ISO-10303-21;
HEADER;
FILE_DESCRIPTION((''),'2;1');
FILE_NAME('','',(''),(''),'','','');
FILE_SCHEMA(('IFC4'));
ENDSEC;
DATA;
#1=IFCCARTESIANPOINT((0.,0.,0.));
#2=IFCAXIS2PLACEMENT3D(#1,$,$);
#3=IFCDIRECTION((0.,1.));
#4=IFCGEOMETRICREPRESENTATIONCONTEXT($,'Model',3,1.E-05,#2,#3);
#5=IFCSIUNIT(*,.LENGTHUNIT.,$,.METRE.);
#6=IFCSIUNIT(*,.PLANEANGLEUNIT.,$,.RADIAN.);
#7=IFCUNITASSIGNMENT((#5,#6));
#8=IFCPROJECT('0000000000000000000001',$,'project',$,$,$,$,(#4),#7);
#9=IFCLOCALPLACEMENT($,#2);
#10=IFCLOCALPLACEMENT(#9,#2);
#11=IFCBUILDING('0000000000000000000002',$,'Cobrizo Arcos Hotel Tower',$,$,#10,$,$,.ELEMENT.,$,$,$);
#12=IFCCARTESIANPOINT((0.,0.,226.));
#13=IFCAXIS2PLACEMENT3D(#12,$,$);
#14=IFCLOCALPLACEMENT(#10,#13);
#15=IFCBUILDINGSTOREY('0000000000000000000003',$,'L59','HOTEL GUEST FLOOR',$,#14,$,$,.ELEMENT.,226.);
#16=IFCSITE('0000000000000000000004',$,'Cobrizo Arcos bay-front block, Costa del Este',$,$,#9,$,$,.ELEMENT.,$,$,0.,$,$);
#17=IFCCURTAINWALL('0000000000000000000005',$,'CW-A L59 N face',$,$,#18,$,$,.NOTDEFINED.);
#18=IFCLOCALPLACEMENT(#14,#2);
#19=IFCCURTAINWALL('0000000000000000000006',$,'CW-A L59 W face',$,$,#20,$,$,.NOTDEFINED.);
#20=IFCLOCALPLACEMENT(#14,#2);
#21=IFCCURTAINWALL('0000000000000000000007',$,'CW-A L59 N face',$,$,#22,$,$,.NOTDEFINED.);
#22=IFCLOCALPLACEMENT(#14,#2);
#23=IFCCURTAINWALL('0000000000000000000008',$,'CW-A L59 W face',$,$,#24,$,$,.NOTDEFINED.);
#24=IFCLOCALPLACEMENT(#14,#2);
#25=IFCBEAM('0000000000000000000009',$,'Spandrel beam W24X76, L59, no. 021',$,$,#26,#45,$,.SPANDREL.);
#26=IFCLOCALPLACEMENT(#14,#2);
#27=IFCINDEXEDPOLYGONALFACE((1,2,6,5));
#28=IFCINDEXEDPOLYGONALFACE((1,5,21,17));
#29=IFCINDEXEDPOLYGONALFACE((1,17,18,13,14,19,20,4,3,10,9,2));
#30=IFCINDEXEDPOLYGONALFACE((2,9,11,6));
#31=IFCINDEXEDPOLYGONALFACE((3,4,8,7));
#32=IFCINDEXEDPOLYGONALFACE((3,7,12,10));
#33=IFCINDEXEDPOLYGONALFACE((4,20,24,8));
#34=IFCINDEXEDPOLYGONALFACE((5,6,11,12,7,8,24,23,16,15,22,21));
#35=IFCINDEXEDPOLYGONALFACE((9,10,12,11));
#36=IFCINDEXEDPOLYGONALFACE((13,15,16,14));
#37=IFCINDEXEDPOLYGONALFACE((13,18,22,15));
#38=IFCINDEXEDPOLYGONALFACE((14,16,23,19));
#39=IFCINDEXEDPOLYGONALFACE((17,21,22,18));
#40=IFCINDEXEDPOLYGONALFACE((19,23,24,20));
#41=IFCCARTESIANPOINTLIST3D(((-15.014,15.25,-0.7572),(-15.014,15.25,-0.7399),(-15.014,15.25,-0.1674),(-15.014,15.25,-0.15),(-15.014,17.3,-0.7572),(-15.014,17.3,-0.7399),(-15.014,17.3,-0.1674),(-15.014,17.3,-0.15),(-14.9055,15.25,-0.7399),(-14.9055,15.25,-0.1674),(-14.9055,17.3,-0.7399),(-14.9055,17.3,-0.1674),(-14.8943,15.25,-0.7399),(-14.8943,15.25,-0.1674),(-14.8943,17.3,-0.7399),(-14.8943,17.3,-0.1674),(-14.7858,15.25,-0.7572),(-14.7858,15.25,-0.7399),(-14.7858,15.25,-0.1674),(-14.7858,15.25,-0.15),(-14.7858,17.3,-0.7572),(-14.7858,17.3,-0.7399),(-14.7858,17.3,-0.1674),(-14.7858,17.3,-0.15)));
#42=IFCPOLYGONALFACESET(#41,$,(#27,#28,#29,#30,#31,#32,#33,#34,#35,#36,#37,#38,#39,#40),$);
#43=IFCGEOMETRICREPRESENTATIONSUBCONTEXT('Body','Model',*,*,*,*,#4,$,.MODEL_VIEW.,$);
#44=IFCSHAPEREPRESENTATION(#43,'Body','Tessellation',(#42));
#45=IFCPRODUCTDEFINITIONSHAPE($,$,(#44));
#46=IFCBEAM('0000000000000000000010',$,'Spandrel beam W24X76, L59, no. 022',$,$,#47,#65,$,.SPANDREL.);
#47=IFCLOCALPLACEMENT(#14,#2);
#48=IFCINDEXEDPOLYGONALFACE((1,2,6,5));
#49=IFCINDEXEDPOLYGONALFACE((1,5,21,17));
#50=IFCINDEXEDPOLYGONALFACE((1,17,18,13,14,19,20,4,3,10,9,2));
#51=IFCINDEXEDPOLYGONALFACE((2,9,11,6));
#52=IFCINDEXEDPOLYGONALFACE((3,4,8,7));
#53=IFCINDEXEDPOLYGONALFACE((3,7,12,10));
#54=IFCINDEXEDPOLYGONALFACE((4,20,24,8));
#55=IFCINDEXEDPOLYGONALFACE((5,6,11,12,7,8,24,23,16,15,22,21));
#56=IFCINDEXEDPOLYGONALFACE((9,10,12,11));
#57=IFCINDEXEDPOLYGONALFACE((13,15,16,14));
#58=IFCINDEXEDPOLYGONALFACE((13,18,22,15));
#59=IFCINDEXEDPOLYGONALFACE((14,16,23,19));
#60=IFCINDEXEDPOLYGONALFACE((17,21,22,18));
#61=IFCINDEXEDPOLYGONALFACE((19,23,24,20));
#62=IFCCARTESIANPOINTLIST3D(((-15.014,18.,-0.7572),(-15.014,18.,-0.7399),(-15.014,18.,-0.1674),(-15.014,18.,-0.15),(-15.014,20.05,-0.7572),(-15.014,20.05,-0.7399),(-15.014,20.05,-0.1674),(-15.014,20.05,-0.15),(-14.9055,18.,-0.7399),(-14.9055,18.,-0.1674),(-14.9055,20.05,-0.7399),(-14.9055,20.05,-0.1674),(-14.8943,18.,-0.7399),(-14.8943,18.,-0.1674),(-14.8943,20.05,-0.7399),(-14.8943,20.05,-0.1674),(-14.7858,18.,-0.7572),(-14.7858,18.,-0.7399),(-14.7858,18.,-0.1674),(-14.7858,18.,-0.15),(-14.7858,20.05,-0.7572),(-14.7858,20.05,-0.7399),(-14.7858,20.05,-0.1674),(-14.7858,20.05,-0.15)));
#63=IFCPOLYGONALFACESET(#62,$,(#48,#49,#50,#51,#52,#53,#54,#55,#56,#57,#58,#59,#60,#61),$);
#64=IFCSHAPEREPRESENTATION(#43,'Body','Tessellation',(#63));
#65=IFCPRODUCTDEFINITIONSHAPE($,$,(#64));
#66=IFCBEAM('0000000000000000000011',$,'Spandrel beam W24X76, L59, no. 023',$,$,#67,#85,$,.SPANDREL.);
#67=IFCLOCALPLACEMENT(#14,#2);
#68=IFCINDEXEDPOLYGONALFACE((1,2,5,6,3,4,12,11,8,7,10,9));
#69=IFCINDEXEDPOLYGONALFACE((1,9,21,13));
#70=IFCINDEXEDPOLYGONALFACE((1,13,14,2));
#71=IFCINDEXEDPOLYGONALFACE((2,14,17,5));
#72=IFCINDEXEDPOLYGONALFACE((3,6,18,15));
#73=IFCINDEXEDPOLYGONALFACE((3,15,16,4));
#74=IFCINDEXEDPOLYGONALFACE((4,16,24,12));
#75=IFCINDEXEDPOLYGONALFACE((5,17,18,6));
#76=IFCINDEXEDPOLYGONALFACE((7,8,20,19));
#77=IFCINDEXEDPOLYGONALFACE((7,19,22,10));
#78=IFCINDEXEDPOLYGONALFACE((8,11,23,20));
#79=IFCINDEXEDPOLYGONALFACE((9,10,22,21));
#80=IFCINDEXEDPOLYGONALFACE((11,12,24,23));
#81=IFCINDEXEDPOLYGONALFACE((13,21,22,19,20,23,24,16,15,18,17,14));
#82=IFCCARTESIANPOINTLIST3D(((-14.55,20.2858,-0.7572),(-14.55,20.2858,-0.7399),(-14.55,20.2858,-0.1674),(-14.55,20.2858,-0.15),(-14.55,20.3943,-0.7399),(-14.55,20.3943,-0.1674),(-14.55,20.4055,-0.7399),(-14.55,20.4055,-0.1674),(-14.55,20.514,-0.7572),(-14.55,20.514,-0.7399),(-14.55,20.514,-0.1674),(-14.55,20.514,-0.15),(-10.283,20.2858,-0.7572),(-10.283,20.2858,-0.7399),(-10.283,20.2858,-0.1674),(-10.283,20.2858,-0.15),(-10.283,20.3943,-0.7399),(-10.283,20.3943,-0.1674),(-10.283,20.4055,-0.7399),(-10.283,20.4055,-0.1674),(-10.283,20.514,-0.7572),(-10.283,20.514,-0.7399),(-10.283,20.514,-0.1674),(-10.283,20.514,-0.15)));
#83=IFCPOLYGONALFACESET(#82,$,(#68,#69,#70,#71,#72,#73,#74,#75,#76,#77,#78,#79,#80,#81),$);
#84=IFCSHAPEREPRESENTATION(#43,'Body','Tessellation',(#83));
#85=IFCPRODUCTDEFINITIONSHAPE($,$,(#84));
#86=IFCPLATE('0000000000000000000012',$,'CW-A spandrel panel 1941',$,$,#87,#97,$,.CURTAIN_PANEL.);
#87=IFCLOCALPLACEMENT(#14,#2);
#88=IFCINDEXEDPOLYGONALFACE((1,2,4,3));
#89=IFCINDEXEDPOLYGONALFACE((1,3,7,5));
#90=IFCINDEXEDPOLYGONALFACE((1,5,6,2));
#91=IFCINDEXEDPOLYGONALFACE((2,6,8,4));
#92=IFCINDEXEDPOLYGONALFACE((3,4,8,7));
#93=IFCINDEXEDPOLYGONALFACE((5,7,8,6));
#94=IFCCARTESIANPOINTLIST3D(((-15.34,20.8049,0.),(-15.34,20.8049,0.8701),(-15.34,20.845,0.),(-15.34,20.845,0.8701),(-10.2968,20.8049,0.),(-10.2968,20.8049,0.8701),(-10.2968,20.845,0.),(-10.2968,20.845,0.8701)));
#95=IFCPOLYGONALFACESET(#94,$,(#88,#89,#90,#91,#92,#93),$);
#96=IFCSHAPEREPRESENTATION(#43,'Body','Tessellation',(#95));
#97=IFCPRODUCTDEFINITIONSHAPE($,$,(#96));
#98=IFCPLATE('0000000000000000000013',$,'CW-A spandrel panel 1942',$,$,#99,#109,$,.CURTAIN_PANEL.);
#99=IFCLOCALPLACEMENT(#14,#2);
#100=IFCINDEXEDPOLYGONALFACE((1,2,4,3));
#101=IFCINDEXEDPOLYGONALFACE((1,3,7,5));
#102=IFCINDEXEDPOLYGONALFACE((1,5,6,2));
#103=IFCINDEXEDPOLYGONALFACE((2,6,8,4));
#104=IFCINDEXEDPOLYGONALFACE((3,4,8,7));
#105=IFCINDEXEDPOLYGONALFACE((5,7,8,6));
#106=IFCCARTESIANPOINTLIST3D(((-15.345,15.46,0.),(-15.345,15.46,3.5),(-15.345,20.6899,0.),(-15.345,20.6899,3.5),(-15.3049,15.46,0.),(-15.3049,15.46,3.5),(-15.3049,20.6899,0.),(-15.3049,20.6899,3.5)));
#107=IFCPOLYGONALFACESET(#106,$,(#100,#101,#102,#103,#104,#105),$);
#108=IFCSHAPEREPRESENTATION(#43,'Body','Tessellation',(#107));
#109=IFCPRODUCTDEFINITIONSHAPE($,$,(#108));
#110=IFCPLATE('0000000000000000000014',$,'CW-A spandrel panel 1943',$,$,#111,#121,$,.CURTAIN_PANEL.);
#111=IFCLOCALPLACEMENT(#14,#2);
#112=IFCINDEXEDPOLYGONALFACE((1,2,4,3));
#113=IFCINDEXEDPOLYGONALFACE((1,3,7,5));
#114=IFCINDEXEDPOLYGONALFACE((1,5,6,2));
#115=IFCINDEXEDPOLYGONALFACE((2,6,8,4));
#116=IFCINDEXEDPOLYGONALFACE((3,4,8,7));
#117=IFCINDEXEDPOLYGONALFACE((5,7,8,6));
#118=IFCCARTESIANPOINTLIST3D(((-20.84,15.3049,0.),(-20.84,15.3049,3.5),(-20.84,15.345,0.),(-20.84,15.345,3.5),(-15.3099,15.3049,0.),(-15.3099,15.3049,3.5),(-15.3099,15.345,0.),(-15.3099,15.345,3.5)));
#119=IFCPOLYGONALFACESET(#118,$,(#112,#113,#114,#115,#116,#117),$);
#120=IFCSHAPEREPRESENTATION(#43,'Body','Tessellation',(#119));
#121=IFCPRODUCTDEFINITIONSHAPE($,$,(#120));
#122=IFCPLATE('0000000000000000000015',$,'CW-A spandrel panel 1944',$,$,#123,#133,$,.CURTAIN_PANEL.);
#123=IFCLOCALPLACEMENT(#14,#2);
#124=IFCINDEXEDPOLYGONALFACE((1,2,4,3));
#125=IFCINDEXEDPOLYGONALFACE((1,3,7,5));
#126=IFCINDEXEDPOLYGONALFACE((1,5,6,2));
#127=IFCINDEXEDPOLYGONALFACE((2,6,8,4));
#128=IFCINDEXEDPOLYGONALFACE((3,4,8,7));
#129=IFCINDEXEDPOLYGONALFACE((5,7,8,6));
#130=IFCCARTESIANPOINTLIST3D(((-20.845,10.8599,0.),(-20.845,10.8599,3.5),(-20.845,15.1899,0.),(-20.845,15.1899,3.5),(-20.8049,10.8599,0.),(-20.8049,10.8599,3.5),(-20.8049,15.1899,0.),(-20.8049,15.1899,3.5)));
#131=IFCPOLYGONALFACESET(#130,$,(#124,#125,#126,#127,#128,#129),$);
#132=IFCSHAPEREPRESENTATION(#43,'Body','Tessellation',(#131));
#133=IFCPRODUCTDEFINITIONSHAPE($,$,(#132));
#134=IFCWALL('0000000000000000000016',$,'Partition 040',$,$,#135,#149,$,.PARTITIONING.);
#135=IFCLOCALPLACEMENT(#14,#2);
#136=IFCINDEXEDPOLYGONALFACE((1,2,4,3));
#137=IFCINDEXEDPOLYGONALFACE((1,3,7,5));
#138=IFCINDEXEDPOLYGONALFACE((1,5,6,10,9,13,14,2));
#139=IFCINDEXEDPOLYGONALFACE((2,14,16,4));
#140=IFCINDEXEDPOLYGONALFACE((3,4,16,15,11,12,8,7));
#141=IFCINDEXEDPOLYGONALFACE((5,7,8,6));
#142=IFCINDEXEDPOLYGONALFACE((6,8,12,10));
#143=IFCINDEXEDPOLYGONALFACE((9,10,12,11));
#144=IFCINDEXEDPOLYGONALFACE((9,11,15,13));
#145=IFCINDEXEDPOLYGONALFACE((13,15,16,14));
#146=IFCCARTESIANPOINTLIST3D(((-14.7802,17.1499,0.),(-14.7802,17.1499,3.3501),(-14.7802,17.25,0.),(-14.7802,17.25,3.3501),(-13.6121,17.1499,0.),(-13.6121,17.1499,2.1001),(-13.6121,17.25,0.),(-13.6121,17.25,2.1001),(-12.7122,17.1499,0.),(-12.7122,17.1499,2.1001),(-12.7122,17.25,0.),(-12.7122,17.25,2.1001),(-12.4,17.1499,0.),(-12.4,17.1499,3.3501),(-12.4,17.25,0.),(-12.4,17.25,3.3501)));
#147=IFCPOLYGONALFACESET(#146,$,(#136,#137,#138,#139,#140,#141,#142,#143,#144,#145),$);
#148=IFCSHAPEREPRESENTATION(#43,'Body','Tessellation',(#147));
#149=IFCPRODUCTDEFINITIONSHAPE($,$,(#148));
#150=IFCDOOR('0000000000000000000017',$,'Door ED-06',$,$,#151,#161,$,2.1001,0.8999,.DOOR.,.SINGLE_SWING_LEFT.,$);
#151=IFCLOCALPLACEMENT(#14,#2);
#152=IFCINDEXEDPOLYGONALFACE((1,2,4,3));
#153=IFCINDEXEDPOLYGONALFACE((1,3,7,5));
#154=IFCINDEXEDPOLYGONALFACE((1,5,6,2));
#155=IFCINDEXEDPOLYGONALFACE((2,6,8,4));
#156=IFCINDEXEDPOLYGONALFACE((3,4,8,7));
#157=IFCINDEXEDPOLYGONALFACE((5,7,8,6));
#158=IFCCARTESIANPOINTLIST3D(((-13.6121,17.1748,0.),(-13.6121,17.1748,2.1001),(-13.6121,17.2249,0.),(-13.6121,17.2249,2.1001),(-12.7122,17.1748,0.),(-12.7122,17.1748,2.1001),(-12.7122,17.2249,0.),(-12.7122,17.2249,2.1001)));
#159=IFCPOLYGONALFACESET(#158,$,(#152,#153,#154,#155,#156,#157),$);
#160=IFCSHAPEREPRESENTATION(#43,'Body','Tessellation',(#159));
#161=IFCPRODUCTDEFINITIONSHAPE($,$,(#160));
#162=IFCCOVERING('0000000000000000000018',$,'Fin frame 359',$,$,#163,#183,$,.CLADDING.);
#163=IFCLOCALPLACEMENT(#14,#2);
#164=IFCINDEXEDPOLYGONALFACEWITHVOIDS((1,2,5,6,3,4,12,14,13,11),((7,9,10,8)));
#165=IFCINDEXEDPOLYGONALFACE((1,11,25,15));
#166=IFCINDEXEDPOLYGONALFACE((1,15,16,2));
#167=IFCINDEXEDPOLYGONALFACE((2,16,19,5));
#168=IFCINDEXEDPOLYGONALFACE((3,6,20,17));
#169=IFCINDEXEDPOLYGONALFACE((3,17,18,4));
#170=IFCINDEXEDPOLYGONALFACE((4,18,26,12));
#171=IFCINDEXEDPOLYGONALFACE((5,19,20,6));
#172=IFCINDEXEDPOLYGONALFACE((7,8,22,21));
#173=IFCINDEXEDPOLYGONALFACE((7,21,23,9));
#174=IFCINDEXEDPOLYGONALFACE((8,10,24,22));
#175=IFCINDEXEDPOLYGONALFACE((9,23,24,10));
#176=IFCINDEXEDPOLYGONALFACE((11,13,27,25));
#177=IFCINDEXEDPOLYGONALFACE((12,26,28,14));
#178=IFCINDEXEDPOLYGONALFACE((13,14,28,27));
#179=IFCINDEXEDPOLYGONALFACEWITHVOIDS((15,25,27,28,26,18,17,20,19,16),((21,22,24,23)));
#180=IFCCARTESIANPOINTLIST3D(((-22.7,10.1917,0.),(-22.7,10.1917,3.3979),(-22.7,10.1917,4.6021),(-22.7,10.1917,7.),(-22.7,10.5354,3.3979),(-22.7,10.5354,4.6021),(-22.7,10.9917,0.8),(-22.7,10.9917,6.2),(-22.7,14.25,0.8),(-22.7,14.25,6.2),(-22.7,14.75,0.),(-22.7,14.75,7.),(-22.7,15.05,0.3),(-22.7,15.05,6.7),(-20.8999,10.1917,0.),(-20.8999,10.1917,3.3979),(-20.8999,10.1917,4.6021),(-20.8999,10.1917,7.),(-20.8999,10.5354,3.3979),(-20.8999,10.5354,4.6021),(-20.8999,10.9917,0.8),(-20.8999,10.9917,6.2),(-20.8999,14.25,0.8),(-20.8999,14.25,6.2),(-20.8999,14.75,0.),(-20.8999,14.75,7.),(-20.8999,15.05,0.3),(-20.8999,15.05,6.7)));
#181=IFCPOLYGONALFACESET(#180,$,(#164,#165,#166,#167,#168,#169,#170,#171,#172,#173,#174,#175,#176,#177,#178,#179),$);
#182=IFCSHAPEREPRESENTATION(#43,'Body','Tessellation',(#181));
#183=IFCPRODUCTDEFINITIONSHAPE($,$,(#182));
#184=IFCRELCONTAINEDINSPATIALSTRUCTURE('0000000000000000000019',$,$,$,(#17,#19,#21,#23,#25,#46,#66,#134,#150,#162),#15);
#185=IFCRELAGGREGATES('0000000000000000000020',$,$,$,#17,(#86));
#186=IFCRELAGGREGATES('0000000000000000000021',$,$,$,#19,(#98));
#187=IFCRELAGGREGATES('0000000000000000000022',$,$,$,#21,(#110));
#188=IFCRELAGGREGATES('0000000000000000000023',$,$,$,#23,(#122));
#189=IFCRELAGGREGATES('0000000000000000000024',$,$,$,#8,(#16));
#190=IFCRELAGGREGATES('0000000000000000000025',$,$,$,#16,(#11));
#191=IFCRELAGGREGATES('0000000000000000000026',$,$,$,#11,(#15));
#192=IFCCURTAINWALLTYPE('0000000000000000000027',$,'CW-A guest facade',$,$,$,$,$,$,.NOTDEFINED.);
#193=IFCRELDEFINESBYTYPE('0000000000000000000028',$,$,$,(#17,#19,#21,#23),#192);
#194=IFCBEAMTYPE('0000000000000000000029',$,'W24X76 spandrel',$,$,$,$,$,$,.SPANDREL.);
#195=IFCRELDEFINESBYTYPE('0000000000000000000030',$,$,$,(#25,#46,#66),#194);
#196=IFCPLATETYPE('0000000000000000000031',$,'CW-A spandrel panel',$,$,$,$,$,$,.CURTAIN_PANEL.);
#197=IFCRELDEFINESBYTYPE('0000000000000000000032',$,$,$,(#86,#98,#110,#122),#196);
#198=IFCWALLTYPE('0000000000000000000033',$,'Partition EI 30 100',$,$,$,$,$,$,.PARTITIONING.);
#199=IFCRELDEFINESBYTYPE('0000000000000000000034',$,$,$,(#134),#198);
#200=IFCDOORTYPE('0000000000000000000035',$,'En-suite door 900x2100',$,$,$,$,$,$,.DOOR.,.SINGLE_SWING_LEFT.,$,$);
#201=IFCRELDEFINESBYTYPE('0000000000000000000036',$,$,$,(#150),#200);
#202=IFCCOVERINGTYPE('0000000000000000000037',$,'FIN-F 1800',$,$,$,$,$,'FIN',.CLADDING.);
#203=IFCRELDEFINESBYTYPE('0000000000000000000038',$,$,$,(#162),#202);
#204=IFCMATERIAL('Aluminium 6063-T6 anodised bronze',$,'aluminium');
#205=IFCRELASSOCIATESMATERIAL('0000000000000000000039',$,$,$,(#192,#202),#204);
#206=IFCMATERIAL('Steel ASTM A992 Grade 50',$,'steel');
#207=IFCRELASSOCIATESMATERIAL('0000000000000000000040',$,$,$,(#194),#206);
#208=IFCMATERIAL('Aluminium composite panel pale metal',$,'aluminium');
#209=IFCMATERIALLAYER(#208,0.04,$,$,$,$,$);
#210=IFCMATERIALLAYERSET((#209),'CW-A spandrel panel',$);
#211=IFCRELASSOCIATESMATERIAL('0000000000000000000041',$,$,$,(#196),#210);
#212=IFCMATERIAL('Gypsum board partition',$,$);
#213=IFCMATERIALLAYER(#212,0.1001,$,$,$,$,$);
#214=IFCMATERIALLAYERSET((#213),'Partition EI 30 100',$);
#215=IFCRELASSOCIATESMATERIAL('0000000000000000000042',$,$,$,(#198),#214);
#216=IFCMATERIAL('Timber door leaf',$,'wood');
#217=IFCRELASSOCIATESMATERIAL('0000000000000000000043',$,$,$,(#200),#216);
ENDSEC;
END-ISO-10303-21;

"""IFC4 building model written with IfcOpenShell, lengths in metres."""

from ifc_helpers import new_model, si_unit, direction, frame, frame_2d, origin, origin_2d, place, context, subcontext, project, spatial, polyline, rectangle, i_section, outline, extrude, material, layer, layer_set, material_profile, profile_set, type_object, element, fill, aggregate, save


model = new_model("IFC4")

# Units and contexts
model_context = context("Model", 3, precision=1e-05, world=origin(), true_north=direction((0.0, 1.0)))
body_context = subcontext(model_context, "Body", "Model", "MODEL_VIEW")
ifc_project = project(units=[si_unit("LENGTHUNIT", "METRE"), si_unit("PLANEANGLEUNIT", "RADIAN")], contexts=[model_context])

# Site, building, storey
site_placement = place(None, origin())
site = spatial("IfcSite", under=ifc_project, at=site_placement, Name="Cobrizo Arcos bay-front block, Costa del Este", CompositionType="ELEMENT", RefElevation=0.0)
building_placement = place(site_placement, origin())
building = spatial("IfcBuilding", under=site, at=building_placement, Name="Cobrizo Arcos Hotel Tower", CompositionType="ELEMENT")
storey_placement = place(building_placement, frame((0.0, 0.0, 226.0)))
storey = spatial("IfcBuildingStorey", under=building, at=storey_placement, Name="L59", Description="HOTEL GUEST FLOOR", CompositionType="ELEMENT", Elevation=226.0)

# Curtain wall
ifc_material_1 = material(Name="Aluminium 6063-T6 anodised bronze", Category="aluminium")
curtain_wall_type = type_object("IfcCurtainWallType", Name="CW-A guest facade", PredefinedType="NOTDEFINED", material=ifc_material_1)
curtain_wall_1_placement = place(storey_placement, origin())
curtain_wall_1 = element("IfcCurtainWall", 1, at=curtain_wall_1_placement, inside=storey, type_object=curtain_wall_type, Name="CW-A L59 N face", PredefinedType="NOTDEFINED")

# Curtain walls
curtain_wall_2_placement = place(storey_placement, origin())
curtain_wall_2 = element("IfcCurtainWall", 2, at=curtain_wall_2_placement, inside=storey, type_object=curtain_wall_type, Name="CW-A L59 W face", PredefinedType="NOTDEFINED")
curtain_wall_3_placement = place(storey_placement, origin())
curtain_wall_3 = element("IfcCurtainWall", 3, at=curtain_wall_3_placement, inside=storey, type_object=curtain_wall_type, Name="CW-A L59 N face", PredefinedType="NOTDEFINED")

# Curtain wall
curtain_wall_4_placement = place(storey_placement, origin())
curtain_wall_4 = element("IfcCurtainWall", 4, at=curtain_wall_4_placement, inside=storey, type_object=curtain_wall_type, Name="CW-A L59 W face", PredefinedType="NOTDEFINED")

# Beams
ifc_material_2 = material(Name="Steel ASTM A992 Grade 50", Category="steel")
ifc_material_profile_1 = material_profile(ifc_material_2, i_section(OverallWidth=0.2283, OverallDepth=0.6072, WebThickness=0.0112, FlangeThickness=0.0173, at=origin_2d()), Name="W24X76")
ifc_profile_set_1 = profile_set([ifc_material_profile_1], Name="Steel ASTM A992 Grade 50")
beam_type = type_object("IfcBeamType", Name="W24X76 spandrel", PredefinedType="SPANDREL", material=ifc_profile_set_1)
for number, where, z_axis, x_axis, name in (
    (5, (-14.8999, 15.25, -0.4536), (0.0, 1.0, 0.0), (-1.0, 0.0, 0.0), "Spandrel beam W24X76, L59, no. 021"),
    (6, (-14.8999, 18.0, -0.4536), (0.0, 1.0, 0.0), (-1.0, 0.0, 0.0), "Spandrel beam W24X76, L59, no. 022"),
):
    element("IfcBeam", number, at=place(storey_placement, frame(where, z_axis=z_axis, x_axis=x_axis)), inside=storey, type_object=beam_type, Name=name, PredefinedType="SPANDREL", context=body_context, shape_type="SweptSolid", body=[
        extrude(i_section(OverallWidth=0.2283, OverallDepth=0.6072, WebThickness=0.0112, FlangeThickness=0.0173, at=origin_2d()), origin(), (0.0, 0.0, 1.0), 2.05),
    ])
beam_placement = place(storey_placement, frame((-14.55, 20.3999, -0.4536), z_axis=(1.0, 0.0, 0.0), x_axis=(0.0, 1.0, 0.0)))
element("IfcBeam", 7, at=beam_placement, inside=storey, type_object=beam_type, Name="Spandrel beam W24X76, L59, no. 023", PredefinedType="SPANDREL", context=body_context, shape_type="SweptSolid", body=[
    extrude(i_section(OverallWidth=0.2283, OverallDepth=0.6072, WebThickness=0.0112, FlangeThickness=0.0173, at=origin_2d()), origin(), (0.0, 0.0, 1.0), 4.2671),
])

# Plates
ifc_material_3 = material(Name="Aluminium composite panel pale metal", Category="aluminium")
ifc_layer_1 = layer(ifc_material_3, 0.04)
ifc_layer_set_1 = layer_set([ifc_layer_1], Name="CW-A spandrel panel")
plate_type = type_object("IfcPlateType", Name="CW-A spandrel panel", PredefinedType="CURTAIN_PANEL", material=ifc_layer_set_1)
plate_1_placement = place(storey_placement, frame((-12.8184, 20.825, 0.0), z_axis=(0.0, 0.0, 1.0), x_axis=(-1.0, 0.0, 0.0)))
plate_1 = element("IfcPlate", 8, at=plate_1_placement, type_object=plate_type, Name="CW-A spandrel panel 1941", PredefinedType="CURTAIN_PANEL", context=body_context, shape_type="SweptSolid", body=[
    extrude(rectangle(XDim=5.0432, YDim=0.04, at=origin_2d()), origin(), (0.0, 0.0, 1.0), 0.8701),
])
aggregate(curtain_wall_1, [plate_1])
plate_2_placement = place(storey_placement, frame((-15.325, 18.075, 0.0), z_axis=(0.0, 0.0, 1.0), x_axis=(0.0, -1.0, 0.0)))
plate_2 = element("IfcPlate", 9, at=plate_2_placement, type_object=plate_type, Name="CW-A spandrel panel 1942", PredefinedType="CURTAIN_PANEL", context=body_context, shape_type="SweptSolid", body=[
    extrude(rectangle(XDim=5.23, YDim=0.04, at=origin_2d()), origin(), (0.0, 0.0, 1.0), 3.5),
])
aggregate(curtain_wall_2, [plate_2])
plate_3_placement = place(storey_placement, frame((-18.075, 15.325, 0.0), z_axis=(0.0, 0.0, 1.0), x_axis=(-1.0, 0.0, 0.0)))
plate_3 = element("IfcPlate", 10, at=plate_3_placement, type_object=plate_type, Name="CW-A spandrel panel 1943", PredefinedType="CURTAIN_PANEL", context=body_context, shape_type="SweptSolid", body=[
    extrude(rectangle(XDim=5.53, YDim=0.04, at=origin_2d()), origin(), (0.0, 0.0, 1.0), 3.5),
])
aggregate(curtain_wall_3, [plate_3])
plate_4_placement = place(storey_placement, frame((-20.825, 13.0249, 0.0), z_axis=(0.0, 0.0, 1.0), x_axis=(0.0, -1.0, 0.0)))
plate_4 = element("IfcPlate", 11, at=plate_4_placement, type_object=plate_type, Name="CW-A spandrel panel 1944", PredefinedType="CURTAIN_PANEL", context=body_context, shape_type="SweptSolid", body=[
    extrude(rectangle(XDim=4.3301, YDim=0.04, at=origin_2d()), origin(), (0.0, 0.0, 1.0), 3.5),
])
aggregate(curtain_wall_4, [plate_4])

# Wall, opening, door
ifc_material_4 = material(Name="Gypsum board partition")
ifc_layer_2 = layer(ifc_material_4, 0.1001)
ifc_layer_set_2 = layer_set([ifc_layer_2], Name="Partition EI 30 100")
wall_type = type_object("IfcWallType", Name="Partition EI 30 100", PredefinedType="PARTITIONING", material=ifc_layer_set_2)
wall_placement = place(storey_placement, frame((-14.78, 17.2, 0.0), z_axis=(0.0, 0.0, 1.0), x_axis=(1.0, 0.0, 0.0)))
wall = element("IfcWall", 12, at=wall_placement, inside=storey, type_object=wall_type, Name="Partition 040", PredefinedType="PARTITIONING", context=body_context, shape_type="SweptSolid", body=[
    extrude(rectangle(XDim=2.3801, YDim=0.1001, at=frame_2d((1.1899, 0.0))), origin(), (0.0, 0.0, 1.0), 3.3501),
])
opening_placement = place(wall_placement, frame((1.168, 0.0, 0.0)))
opening = element("IfcOpeningElement", 13, at=opening_placement, cuts=wall, PredefinedType="OPENING", context=body_context, shape_type="SweptSolid", body=[
    extrude(rectangle(XDim=0.8999, YDim=2.1001, at=frame_2d((0.45, 1.05))), frame((0.0, 0.062, 0.0), z_axis=(0.0, -1.0, 0.0), x_axis=(1.0, 0.0, 0.0)), (0.0, 0.0, 1.0), 0.124),
])
ifc_material_5 = material(Name="Timber door leaf", Category="wood")
door_type = type_object("IfcDoorType", Name="En-suite door 900x2100", OperationType="SINGLE_SWING_LEFT", PredefinedType="DOOR", material=ifc_material_5)
door_placement = place(opening_placement, origin())
door = element("IfcDoor", 14, at=door_placement, inside=storey, type_object=door_type, Name="Door ED-06", OperationType="SINGLE_SWING_LEFT", OverallHeight=2.1001, OverallWidth=0.8999, PredefinedType="DOOR", context=body_context, shape_type="SweptSolid", body=[
    extrude(rectangle(XDim=0.8999, YDim=2.1001, at=frame_2d((0.45, 1.05))), frame((0.0, 0.0249, 0.0), z_axis=(0.0, -1.0, 0.0), x_axis=(1.0, 0.0, 0.0)), (0.0, 0.0, 1.0), 0.05),
])
fill(opening, door)

# Covering
covering_type = type_object("IfcCoveringType", Name="FIN-F 1800", ElementType="FIN", PredefinedType="CLADDING", material=ifc_material_1)
covering_placement = place(storey_placement, frame((-20.8999, 15.05, 0.0), z_axis=(-1.0, 0.0, 0.0), x_axis=(0.0, -1.0, 0.0)))
element("IfcCovering", 15, at=covering_placement, inside=storey, type_object=covering_type, Name="Fin frame 359", PredefinedType="CLADDING", context=body_context, shape_type="SweptSolid", body=[
    extrude(outline(polyline([(4.8584, 0.0), (4.8584, 3.3979), (4.5146, 3.3979), (4.5146, 4.6021), (4.8584, 4.6021), (4.8584, 7.0), (0.3, 7.0), (0.0, 6.7), (0.0, 0.3), (0.3, 0.0), (4.8584, 0.0)]), holes=[polyline([(4.0583, 0.8), (0.8, 0.8), (0.8, 6.2), (4.0583, 6.2), (4.0583, 0.8)])]), origin(), (0.0, 0.0, 1.0), 1.8),
])

save(model, "model.ifc")
